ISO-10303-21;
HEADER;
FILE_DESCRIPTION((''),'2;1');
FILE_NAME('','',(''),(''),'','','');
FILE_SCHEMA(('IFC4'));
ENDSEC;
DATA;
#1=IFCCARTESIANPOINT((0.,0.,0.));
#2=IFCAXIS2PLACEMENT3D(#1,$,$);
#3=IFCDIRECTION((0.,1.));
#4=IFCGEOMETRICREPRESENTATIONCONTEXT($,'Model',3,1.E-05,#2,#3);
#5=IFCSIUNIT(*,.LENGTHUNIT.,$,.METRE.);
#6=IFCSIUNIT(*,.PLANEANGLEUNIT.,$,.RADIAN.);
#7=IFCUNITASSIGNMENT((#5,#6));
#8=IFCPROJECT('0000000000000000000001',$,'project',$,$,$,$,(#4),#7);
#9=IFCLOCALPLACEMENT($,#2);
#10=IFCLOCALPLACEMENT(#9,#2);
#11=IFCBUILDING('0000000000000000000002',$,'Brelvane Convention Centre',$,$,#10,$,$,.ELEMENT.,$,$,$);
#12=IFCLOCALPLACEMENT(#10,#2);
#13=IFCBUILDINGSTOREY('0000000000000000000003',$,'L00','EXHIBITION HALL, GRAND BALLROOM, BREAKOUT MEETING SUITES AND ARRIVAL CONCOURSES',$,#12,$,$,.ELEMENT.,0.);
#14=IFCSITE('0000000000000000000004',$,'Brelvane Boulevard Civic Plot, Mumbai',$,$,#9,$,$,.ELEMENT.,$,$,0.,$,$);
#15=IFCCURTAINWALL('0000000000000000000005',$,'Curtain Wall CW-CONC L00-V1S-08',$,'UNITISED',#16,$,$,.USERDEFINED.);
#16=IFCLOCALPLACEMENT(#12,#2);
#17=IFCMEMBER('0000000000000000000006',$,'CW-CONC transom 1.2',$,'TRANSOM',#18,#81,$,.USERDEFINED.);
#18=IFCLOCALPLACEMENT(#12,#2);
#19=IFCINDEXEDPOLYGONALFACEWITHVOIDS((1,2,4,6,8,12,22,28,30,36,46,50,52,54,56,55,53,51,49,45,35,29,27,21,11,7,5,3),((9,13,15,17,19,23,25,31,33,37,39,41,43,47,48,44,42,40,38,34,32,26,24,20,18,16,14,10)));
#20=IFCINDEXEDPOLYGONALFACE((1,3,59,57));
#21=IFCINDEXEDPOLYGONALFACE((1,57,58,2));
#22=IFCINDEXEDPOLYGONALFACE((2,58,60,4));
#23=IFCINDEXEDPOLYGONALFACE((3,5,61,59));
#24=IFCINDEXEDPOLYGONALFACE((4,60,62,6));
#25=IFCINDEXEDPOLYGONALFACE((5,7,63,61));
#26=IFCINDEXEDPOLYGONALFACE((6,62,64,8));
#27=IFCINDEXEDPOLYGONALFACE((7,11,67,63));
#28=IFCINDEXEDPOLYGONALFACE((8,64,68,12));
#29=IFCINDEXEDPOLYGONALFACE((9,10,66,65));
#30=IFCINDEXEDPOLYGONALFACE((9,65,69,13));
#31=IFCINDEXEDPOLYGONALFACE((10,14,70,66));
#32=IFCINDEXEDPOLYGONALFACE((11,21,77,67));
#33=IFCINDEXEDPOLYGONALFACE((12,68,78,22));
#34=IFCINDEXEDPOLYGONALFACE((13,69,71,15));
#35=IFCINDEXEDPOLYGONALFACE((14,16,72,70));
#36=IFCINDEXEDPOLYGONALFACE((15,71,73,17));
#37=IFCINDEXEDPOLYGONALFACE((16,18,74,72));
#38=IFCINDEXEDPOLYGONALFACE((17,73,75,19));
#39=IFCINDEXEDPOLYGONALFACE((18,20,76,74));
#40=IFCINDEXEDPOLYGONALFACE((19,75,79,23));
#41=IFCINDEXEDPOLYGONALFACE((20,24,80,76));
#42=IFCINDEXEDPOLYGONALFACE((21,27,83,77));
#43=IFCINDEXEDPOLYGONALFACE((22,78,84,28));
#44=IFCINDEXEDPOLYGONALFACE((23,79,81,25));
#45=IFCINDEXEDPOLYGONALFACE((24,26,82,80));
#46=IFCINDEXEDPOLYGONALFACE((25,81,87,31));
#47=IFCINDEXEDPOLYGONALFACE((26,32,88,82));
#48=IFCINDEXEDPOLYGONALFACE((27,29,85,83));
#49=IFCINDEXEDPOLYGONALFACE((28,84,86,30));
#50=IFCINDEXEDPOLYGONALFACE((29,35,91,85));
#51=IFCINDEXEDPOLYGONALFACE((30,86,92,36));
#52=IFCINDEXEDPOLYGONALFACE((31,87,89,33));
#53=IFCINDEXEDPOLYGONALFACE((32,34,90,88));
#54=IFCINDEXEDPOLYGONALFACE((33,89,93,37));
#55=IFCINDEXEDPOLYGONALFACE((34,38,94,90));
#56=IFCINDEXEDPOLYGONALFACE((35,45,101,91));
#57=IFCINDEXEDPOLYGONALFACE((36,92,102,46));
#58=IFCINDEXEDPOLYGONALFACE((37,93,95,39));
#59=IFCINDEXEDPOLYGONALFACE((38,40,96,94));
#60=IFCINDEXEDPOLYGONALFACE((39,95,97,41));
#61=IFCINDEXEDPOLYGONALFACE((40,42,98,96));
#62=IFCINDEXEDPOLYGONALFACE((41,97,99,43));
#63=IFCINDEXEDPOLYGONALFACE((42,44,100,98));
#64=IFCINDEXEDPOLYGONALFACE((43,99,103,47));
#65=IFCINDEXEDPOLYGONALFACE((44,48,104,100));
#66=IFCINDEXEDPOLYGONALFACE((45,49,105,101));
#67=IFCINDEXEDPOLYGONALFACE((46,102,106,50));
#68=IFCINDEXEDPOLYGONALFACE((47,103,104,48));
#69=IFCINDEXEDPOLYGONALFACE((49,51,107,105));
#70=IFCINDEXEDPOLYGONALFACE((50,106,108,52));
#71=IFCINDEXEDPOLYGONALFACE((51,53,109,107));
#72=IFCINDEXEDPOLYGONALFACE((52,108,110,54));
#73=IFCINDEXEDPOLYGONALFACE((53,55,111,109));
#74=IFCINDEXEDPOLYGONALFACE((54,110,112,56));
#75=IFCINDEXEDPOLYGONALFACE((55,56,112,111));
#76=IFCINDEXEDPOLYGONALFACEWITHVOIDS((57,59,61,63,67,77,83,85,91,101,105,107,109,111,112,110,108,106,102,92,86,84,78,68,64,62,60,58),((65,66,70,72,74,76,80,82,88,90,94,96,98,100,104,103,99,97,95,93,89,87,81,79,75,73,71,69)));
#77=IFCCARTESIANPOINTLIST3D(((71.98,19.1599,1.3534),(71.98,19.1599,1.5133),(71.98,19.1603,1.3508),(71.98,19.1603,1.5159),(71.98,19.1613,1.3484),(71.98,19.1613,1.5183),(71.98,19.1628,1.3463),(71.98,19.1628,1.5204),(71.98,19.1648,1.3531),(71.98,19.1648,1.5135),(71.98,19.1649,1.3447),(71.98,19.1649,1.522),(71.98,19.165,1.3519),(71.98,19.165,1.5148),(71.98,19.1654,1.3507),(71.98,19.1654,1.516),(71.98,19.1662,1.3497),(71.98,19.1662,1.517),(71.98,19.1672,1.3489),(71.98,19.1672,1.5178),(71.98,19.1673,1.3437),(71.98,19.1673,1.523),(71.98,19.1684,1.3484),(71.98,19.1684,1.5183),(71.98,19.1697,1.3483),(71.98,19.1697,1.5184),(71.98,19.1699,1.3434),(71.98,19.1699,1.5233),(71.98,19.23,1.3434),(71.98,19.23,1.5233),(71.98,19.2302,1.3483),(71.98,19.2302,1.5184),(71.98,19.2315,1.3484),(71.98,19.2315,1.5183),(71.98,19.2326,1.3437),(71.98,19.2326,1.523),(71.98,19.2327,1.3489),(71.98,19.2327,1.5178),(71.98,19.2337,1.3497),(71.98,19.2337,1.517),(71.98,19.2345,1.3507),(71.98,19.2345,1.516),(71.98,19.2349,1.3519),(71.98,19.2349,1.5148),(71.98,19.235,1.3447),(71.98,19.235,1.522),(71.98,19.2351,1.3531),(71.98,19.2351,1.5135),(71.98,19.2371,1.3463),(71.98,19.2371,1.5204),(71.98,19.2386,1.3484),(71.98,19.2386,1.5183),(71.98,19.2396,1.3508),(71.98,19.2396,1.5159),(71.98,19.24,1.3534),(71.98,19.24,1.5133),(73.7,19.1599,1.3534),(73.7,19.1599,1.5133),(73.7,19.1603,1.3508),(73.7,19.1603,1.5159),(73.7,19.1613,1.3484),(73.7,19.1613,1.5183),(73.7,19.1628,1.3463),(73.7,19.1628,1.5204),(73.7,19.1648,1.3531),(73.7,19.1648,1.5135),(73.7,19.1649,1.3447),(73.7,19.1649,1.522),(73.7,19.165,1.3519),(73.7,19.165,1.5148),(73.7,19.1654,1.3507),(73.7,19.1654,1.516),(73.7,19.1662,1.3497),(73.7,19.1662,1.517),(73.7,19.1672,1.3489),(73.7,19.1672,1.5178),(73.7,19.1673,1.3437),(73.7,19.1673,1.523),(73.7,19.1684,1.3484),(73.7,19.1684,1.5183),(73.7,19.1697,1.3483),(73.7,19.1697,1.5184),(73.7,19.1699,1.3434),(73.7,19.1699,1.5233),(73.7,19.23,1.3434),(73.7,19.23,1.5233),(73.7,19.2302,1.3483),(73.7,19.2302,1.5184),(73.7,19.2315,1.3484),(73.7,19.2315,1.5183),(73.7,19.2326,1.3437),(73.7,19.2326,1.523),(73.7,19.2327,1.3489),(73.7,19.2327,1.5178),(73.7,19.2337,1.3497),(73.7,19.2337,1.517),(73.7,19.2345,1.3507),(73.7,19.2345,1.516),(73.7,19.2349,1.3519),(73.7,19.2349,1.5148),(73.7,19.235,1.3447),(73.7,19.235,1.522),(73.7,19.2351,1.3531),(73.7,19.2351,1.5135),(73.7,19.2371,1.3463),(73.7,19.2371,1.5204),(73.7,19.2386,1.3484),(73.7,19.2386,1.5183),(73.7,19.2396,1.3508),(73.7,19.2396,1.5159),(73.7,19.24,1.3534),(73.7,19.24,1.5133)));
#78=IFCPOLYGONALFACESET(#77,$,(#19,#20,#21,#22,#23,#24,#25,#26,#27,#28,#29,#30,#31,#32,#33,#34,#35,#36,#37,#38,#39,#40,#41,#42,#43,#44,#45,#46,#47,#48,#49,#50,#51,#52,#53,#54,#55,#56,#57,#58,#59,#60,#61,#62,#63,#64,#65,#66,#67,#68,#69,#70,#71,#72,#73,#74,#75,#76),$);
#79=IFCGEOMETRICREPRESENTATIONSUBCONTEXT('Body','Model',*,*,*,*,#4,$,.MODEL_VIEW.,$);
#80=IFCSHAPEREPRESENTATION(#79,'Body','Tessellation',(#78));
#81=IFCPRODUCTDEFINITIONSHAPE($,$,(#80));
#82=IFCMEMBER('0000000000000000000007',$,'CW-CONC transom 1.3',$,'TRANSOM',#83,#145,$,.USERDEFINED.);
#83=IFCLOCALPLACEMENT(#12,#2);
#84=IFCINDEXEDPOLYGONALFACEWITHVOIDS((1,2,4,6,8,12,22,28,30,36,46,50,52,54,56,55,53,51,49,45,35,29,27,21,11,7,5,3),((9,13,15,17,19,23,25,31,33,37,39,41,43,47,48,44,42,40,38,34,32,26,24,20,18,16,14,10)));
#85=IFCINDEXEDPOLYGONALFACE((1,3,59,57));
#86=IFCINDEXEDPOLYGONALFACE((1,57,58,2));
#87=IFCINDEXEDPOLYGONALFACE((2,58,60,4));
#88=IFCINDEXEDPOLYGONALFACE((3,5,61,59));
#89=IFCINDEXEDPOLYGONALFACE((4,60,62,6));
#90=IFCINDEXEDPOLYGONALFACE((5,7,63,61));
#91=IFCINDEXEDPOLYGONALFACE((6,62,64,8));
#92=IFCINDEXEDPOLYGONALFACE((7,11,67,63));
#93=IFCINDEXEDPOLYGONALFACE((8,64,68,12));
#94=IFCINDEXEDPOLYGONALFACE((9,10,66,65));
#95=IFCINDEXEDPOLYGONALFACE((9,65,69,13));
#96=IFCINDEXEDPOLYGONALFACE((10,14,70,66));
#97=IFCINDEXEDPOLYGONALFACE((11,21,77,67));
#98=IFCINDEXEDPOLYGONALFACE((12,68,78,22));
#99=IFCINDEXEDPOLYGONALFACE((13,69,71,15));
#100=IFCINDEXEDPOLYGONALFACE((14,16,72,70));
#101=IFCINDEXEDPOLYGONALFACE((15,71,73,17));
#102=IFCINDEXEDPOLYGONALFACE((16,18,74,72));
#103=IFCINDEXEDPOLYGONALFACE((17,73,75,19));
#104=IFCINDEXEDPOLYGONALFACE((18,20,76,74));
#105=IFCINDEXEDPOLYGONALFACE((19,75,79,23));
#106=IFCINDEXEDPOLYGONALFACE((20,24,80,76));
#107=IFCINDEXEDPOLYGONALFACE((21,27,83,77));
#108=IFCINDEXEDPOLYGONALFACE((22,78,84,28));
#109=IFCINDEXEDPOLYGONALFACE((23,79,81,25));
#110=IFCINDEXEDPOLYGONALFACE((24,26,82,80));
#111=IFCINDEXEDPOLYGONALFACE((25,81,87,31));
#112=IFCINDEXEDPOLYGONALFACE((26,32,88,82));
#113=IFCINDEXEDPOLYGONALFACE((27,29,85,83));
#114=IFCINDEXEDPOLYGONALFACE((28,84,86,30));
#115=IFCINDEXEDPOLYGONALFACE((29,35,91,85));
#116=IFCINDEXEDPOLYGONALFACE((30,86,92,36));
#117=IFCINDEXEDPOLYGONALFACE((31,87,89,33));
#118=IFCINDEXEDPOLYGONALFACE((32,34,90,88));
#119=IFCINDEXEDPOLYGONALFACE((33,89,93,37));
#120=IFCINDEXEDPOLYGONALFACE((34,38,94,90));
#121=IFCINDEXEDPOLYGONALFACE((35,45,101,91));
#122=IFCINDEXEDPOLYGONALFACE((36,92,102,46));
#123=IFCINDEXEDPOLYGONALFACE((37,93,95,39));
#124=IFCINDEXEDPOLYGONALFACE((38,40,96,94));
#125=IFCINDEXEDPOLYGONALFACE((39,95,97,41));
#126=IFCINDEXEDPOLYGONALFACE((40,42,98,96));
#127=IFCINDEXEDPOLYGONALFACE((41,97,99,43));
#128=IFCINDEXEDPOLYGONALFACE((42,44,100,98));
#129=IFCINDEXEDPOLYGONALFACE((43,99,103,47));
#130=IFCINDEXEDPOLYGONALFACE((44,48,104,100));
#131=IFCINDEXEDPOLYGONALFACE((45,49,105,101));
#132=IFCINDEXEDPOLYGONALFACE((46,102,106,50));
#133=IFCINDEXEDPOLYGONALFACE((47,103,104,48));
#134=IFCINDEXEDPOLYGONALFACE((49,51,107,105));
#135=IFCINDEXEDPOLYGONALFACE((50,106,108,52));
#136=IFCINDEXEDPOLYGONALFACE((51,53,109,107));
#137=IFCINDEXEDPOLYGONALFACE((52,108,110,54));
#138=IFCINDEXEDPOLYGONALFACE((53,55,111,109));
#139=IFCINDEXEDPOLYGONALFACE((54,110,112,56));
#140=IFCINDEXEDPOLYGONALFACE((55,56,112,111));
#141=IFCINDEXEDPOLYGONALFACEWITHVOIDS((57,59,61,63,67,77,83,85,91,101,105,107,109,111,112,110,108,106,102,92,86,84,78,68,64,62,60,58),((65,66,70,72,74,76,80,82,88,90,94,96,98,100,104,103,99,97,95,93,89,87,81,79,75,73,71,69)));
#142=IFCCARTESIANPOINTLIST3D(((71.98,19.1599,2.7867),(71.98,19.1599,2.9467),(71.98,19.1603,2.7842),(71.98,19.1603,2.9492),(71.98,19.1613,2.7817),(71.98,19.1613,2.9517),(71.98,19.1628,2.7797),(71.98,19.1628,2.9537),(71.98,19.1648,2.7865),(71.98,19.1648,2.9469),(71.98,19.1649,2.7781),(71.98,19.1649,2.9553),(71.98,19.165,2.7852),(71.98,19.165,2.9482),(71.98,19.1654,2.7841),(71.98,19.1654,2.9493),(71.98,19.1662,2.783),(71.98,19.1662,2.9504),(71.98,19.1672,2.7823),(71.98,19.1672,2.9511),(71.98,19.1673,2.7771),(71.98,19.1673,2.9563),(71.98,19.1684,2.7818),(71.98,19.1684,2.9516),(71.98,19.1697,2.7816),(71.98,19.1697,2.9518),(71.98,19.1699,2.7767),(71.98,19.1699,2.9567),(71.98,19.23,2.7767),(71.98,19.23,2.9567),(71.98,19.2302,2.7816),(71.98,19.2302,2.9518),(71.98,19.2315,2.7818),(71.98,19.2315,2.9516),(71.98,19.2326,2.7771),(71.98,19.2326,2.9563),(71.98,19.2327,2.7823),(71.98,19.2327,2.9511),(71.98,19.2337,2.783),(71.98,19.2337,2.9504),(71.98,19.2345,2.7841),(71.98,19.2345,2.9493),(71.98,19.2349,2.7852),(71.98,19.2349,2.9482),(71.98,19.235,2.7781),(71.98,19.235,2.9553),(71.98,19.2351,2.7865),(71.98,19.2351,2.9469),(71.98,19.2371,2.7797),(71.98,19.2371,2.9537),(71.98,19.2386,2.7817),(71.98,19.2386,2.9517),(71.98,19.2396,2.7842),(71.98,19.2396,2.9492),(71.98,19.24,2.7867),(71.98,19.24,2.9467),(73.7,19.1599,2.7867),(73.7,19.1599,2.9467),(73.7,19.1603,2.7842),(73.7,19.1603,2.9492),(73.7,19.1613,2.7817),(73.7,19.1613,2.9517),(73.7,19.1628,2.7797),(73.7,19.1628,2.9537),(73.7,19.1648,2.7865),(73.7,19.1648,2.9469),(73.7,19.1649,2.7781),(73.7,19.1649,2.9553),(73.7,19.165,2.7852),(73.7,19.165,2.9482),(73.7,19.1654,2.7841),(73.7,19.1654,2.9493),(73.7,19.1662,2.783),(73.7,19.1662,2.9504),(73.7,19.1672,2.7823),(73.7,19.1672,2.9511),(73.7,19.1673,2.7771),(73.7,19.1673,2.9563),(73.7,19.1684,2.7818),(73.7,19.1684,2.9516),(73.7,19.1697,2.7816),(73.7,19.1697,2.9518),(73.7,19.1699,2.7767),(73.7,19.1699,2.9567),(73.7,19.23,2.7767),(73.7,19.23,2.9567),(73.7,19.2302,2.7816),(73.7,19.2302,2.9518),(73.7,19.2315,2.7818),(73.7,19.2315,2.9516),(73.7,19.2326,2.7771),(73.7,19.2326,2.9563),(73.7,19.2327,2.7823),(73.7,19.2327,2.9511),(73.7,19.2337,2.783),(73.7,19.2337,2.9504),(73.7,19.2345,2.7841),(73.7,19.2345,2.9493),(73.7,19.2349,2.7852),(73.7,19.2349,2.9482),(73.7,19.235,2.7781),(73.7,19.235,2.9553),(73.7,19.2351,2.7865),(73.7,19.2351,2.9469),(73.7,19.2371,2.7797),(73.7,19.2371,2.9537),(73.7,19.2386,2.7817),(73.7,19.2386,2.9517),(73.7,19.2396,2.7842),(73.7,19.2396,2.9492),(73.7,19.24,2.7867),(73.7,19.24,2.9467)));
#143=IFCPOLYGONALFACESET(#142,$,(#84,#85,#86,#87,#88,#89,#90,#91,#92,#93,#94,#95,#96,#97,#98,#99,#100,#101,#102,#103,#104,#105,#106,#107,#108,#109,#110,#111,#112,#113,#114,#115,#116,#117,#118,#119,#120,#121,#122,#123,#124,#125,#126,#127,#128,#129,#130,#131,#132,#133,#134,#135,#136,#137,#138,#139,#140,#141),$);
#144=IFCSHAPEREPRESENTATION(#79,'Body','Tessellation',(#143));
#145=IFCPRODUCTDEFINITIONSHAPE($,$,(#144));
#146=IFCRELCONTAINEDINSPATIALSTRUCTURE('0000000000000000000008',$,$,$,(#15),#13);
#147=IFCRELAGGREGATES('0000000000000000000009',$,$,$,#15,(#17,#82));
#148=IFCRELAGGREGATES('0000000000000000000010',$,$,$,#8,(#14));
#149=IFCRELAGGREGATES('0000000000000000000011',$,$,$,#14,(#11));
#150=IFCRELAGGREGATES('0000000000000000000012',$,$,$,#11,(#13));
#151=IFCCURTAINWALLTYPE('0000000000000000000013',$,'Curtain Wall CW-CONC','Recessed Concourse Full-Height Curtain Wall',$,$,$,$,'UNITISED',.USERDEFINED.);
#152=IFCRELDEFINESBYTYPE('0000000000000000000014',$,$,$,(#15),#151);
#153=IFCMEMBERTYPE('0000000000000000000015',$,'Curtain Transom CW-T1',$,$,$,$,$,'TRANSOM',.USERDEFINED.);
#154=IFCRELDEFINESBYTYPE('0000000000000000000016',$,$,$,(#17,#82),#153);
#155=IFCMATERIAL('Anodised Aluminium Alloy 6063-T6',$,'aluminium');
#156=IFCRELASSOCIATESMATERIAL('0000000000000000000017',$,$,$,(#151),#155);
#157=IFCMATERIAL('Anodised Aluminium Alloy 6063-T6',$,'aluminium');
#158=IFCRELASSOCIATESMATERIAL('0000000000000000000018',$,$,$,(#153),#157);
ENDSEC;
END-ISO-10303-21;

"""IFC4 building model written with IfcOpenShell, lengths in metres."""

from ifc_helpers import new_model, si_unit, direction, frame, origin, origin_2d, place, context, subcontext, project, spatial, hollow_rectangle, extrude, material, material_profile, profile_set, type_object, element, aggregate, save


model = new_model("IFC4")

# Units and contexts
model_context = context("Model", 3, precision=1e-05, world=origin(), true_north=direction((0.0, 1.0)))
body_context = subcontext(model_context, "Body", "Model", "MODEL_VIEW")
ifc_project = project(units=[si_unit("LENGTHUNIT", "METRE"), si_unit("PLANEANGLEUNIT", "RADIAN")], contexts=[model_context])

# Site, building, storey
site_placement = place(None, origin())
site = spatial("IfcSite", under=ifc_project, at=site_placement, Name="Brelvane Boulevard Civic Plot, Mumbai", CompositionType="ELEMENT", RefElevation=0.0)
building_placement = place(site_placement, origin())
building = spatial("IfcBuilding", under=site, at=building_placement, Name="Brelvane Convention Centre", CompositionType="ELEMENT")
storey_placement = place(building_placement, origin())
storey = spatial("IfcBuildingStorey", under=building, at=storey_placement, Name="L00", Description="EXHIBITION HALL, GRAND BALLROOM, BREAKOUT MEETING SUITES AND ARRIVAL CONCOURSES", CompositionType="ELEMENT", Elevation=0.0)

# Curtain wall, members
ifc_material_1 = material(Name="Anodised Aluminium Alloy 6063-T6", Category="aluminium")
curtain_wall_type = type_object("IfcCurtainWallType", Name="Curtain Wall CW-CONC", Description="Recessed Concourse Full-Height Curtain Wall", ElementType="UNITISED", PredefinedType="USERDEFINED", material=ifc_material_1)
curtain_wall_placement = place(storey_placement, origin())
curtain_wall = element("IfcCurtainWall", 1, at=curtain_wall_placement, inside=storey, type_object=curtain_wall_type, Name="Curtain Wall CW-CONC L00-V1S-08", ObjectType="UNITISED", PredefinedType="USERDEFINED")
ifc_material_2 = material(Name="Anodised Aluminium Alloy 6063-T6", Category="aluminium")
ifc_material_profile_1 = material_profile(ifc_material_2, hollow_rectangle(XDim=0.0801, YDim=0.1799, WallThickness=0.0049, InnerFilletRadius=0.0049, OuterFilletRadius=0.01, at=origin_2d()), Name="ALU-T 180x80x5.0")
ifc_profile_set_1 = profile_set([ifc_material_profile_1], Name="Anodised Aluminium Alloy 6063-T6")
member_type_1 = type_object("IfcMemberType", Name="Curtain Transom CW-T1", ElementType="TRANSOM", PredefinedType="USERDEFINED", material=ifc_profile_set_1)
member_1_placement = place(storey_placement, frame((71.98, 19.2, 1.4333), z_axis=(1.0, 0.0, 0.0), x_axis=(0.0, 1.0, 0.0)))
member_1 = element("IfcMember", 2, at=member_1_placement, type_object=member_type_1, Name="CW-CONC transom 1.2", ObjectType="TRANSOM", PredefinedType="USERDEFINED", context=body_context, shape_type="SweptSolid", body=[
    extrude(hollow_rectangle(XDim=0.0801, YDim=0.1799, WallThickness=0.0049, InnerFilletRadius=0.0049, OuterFilletRadius=0.01, at=origin_2d()), origin(), (0.0, 0.0, 1.0), 1.72),
])
member_2_placement = place(storey_placement, frame((71.98, 19.2, 2.8667), z_axis=(1.0, 0.0, 0.0), x_axis=(0.0, 1.0, 0.0)))
member_2 = element("IfcMember", 3, at=member_2_placement, type_object=member_type_1, Name="CW-CONC transom 1.3", ObjectType="TRANSOM", PredefinedType="USERDEFINED", context=body_context, shape_type="SweptSolid", body=[
    extrude(hollow_rectangle(XDim=0.0801, YDim=0.1799, WallThickness=0.0049, InnerFilletRadius=0.0049, OuterFilletRadius=0.01, at=origin_2d()), origin(), (0.0, 0.0, 1.0), 1.72),
])
aggregate(curtain_wall, [member_1, member_2])

save(model, "model.ifc")
